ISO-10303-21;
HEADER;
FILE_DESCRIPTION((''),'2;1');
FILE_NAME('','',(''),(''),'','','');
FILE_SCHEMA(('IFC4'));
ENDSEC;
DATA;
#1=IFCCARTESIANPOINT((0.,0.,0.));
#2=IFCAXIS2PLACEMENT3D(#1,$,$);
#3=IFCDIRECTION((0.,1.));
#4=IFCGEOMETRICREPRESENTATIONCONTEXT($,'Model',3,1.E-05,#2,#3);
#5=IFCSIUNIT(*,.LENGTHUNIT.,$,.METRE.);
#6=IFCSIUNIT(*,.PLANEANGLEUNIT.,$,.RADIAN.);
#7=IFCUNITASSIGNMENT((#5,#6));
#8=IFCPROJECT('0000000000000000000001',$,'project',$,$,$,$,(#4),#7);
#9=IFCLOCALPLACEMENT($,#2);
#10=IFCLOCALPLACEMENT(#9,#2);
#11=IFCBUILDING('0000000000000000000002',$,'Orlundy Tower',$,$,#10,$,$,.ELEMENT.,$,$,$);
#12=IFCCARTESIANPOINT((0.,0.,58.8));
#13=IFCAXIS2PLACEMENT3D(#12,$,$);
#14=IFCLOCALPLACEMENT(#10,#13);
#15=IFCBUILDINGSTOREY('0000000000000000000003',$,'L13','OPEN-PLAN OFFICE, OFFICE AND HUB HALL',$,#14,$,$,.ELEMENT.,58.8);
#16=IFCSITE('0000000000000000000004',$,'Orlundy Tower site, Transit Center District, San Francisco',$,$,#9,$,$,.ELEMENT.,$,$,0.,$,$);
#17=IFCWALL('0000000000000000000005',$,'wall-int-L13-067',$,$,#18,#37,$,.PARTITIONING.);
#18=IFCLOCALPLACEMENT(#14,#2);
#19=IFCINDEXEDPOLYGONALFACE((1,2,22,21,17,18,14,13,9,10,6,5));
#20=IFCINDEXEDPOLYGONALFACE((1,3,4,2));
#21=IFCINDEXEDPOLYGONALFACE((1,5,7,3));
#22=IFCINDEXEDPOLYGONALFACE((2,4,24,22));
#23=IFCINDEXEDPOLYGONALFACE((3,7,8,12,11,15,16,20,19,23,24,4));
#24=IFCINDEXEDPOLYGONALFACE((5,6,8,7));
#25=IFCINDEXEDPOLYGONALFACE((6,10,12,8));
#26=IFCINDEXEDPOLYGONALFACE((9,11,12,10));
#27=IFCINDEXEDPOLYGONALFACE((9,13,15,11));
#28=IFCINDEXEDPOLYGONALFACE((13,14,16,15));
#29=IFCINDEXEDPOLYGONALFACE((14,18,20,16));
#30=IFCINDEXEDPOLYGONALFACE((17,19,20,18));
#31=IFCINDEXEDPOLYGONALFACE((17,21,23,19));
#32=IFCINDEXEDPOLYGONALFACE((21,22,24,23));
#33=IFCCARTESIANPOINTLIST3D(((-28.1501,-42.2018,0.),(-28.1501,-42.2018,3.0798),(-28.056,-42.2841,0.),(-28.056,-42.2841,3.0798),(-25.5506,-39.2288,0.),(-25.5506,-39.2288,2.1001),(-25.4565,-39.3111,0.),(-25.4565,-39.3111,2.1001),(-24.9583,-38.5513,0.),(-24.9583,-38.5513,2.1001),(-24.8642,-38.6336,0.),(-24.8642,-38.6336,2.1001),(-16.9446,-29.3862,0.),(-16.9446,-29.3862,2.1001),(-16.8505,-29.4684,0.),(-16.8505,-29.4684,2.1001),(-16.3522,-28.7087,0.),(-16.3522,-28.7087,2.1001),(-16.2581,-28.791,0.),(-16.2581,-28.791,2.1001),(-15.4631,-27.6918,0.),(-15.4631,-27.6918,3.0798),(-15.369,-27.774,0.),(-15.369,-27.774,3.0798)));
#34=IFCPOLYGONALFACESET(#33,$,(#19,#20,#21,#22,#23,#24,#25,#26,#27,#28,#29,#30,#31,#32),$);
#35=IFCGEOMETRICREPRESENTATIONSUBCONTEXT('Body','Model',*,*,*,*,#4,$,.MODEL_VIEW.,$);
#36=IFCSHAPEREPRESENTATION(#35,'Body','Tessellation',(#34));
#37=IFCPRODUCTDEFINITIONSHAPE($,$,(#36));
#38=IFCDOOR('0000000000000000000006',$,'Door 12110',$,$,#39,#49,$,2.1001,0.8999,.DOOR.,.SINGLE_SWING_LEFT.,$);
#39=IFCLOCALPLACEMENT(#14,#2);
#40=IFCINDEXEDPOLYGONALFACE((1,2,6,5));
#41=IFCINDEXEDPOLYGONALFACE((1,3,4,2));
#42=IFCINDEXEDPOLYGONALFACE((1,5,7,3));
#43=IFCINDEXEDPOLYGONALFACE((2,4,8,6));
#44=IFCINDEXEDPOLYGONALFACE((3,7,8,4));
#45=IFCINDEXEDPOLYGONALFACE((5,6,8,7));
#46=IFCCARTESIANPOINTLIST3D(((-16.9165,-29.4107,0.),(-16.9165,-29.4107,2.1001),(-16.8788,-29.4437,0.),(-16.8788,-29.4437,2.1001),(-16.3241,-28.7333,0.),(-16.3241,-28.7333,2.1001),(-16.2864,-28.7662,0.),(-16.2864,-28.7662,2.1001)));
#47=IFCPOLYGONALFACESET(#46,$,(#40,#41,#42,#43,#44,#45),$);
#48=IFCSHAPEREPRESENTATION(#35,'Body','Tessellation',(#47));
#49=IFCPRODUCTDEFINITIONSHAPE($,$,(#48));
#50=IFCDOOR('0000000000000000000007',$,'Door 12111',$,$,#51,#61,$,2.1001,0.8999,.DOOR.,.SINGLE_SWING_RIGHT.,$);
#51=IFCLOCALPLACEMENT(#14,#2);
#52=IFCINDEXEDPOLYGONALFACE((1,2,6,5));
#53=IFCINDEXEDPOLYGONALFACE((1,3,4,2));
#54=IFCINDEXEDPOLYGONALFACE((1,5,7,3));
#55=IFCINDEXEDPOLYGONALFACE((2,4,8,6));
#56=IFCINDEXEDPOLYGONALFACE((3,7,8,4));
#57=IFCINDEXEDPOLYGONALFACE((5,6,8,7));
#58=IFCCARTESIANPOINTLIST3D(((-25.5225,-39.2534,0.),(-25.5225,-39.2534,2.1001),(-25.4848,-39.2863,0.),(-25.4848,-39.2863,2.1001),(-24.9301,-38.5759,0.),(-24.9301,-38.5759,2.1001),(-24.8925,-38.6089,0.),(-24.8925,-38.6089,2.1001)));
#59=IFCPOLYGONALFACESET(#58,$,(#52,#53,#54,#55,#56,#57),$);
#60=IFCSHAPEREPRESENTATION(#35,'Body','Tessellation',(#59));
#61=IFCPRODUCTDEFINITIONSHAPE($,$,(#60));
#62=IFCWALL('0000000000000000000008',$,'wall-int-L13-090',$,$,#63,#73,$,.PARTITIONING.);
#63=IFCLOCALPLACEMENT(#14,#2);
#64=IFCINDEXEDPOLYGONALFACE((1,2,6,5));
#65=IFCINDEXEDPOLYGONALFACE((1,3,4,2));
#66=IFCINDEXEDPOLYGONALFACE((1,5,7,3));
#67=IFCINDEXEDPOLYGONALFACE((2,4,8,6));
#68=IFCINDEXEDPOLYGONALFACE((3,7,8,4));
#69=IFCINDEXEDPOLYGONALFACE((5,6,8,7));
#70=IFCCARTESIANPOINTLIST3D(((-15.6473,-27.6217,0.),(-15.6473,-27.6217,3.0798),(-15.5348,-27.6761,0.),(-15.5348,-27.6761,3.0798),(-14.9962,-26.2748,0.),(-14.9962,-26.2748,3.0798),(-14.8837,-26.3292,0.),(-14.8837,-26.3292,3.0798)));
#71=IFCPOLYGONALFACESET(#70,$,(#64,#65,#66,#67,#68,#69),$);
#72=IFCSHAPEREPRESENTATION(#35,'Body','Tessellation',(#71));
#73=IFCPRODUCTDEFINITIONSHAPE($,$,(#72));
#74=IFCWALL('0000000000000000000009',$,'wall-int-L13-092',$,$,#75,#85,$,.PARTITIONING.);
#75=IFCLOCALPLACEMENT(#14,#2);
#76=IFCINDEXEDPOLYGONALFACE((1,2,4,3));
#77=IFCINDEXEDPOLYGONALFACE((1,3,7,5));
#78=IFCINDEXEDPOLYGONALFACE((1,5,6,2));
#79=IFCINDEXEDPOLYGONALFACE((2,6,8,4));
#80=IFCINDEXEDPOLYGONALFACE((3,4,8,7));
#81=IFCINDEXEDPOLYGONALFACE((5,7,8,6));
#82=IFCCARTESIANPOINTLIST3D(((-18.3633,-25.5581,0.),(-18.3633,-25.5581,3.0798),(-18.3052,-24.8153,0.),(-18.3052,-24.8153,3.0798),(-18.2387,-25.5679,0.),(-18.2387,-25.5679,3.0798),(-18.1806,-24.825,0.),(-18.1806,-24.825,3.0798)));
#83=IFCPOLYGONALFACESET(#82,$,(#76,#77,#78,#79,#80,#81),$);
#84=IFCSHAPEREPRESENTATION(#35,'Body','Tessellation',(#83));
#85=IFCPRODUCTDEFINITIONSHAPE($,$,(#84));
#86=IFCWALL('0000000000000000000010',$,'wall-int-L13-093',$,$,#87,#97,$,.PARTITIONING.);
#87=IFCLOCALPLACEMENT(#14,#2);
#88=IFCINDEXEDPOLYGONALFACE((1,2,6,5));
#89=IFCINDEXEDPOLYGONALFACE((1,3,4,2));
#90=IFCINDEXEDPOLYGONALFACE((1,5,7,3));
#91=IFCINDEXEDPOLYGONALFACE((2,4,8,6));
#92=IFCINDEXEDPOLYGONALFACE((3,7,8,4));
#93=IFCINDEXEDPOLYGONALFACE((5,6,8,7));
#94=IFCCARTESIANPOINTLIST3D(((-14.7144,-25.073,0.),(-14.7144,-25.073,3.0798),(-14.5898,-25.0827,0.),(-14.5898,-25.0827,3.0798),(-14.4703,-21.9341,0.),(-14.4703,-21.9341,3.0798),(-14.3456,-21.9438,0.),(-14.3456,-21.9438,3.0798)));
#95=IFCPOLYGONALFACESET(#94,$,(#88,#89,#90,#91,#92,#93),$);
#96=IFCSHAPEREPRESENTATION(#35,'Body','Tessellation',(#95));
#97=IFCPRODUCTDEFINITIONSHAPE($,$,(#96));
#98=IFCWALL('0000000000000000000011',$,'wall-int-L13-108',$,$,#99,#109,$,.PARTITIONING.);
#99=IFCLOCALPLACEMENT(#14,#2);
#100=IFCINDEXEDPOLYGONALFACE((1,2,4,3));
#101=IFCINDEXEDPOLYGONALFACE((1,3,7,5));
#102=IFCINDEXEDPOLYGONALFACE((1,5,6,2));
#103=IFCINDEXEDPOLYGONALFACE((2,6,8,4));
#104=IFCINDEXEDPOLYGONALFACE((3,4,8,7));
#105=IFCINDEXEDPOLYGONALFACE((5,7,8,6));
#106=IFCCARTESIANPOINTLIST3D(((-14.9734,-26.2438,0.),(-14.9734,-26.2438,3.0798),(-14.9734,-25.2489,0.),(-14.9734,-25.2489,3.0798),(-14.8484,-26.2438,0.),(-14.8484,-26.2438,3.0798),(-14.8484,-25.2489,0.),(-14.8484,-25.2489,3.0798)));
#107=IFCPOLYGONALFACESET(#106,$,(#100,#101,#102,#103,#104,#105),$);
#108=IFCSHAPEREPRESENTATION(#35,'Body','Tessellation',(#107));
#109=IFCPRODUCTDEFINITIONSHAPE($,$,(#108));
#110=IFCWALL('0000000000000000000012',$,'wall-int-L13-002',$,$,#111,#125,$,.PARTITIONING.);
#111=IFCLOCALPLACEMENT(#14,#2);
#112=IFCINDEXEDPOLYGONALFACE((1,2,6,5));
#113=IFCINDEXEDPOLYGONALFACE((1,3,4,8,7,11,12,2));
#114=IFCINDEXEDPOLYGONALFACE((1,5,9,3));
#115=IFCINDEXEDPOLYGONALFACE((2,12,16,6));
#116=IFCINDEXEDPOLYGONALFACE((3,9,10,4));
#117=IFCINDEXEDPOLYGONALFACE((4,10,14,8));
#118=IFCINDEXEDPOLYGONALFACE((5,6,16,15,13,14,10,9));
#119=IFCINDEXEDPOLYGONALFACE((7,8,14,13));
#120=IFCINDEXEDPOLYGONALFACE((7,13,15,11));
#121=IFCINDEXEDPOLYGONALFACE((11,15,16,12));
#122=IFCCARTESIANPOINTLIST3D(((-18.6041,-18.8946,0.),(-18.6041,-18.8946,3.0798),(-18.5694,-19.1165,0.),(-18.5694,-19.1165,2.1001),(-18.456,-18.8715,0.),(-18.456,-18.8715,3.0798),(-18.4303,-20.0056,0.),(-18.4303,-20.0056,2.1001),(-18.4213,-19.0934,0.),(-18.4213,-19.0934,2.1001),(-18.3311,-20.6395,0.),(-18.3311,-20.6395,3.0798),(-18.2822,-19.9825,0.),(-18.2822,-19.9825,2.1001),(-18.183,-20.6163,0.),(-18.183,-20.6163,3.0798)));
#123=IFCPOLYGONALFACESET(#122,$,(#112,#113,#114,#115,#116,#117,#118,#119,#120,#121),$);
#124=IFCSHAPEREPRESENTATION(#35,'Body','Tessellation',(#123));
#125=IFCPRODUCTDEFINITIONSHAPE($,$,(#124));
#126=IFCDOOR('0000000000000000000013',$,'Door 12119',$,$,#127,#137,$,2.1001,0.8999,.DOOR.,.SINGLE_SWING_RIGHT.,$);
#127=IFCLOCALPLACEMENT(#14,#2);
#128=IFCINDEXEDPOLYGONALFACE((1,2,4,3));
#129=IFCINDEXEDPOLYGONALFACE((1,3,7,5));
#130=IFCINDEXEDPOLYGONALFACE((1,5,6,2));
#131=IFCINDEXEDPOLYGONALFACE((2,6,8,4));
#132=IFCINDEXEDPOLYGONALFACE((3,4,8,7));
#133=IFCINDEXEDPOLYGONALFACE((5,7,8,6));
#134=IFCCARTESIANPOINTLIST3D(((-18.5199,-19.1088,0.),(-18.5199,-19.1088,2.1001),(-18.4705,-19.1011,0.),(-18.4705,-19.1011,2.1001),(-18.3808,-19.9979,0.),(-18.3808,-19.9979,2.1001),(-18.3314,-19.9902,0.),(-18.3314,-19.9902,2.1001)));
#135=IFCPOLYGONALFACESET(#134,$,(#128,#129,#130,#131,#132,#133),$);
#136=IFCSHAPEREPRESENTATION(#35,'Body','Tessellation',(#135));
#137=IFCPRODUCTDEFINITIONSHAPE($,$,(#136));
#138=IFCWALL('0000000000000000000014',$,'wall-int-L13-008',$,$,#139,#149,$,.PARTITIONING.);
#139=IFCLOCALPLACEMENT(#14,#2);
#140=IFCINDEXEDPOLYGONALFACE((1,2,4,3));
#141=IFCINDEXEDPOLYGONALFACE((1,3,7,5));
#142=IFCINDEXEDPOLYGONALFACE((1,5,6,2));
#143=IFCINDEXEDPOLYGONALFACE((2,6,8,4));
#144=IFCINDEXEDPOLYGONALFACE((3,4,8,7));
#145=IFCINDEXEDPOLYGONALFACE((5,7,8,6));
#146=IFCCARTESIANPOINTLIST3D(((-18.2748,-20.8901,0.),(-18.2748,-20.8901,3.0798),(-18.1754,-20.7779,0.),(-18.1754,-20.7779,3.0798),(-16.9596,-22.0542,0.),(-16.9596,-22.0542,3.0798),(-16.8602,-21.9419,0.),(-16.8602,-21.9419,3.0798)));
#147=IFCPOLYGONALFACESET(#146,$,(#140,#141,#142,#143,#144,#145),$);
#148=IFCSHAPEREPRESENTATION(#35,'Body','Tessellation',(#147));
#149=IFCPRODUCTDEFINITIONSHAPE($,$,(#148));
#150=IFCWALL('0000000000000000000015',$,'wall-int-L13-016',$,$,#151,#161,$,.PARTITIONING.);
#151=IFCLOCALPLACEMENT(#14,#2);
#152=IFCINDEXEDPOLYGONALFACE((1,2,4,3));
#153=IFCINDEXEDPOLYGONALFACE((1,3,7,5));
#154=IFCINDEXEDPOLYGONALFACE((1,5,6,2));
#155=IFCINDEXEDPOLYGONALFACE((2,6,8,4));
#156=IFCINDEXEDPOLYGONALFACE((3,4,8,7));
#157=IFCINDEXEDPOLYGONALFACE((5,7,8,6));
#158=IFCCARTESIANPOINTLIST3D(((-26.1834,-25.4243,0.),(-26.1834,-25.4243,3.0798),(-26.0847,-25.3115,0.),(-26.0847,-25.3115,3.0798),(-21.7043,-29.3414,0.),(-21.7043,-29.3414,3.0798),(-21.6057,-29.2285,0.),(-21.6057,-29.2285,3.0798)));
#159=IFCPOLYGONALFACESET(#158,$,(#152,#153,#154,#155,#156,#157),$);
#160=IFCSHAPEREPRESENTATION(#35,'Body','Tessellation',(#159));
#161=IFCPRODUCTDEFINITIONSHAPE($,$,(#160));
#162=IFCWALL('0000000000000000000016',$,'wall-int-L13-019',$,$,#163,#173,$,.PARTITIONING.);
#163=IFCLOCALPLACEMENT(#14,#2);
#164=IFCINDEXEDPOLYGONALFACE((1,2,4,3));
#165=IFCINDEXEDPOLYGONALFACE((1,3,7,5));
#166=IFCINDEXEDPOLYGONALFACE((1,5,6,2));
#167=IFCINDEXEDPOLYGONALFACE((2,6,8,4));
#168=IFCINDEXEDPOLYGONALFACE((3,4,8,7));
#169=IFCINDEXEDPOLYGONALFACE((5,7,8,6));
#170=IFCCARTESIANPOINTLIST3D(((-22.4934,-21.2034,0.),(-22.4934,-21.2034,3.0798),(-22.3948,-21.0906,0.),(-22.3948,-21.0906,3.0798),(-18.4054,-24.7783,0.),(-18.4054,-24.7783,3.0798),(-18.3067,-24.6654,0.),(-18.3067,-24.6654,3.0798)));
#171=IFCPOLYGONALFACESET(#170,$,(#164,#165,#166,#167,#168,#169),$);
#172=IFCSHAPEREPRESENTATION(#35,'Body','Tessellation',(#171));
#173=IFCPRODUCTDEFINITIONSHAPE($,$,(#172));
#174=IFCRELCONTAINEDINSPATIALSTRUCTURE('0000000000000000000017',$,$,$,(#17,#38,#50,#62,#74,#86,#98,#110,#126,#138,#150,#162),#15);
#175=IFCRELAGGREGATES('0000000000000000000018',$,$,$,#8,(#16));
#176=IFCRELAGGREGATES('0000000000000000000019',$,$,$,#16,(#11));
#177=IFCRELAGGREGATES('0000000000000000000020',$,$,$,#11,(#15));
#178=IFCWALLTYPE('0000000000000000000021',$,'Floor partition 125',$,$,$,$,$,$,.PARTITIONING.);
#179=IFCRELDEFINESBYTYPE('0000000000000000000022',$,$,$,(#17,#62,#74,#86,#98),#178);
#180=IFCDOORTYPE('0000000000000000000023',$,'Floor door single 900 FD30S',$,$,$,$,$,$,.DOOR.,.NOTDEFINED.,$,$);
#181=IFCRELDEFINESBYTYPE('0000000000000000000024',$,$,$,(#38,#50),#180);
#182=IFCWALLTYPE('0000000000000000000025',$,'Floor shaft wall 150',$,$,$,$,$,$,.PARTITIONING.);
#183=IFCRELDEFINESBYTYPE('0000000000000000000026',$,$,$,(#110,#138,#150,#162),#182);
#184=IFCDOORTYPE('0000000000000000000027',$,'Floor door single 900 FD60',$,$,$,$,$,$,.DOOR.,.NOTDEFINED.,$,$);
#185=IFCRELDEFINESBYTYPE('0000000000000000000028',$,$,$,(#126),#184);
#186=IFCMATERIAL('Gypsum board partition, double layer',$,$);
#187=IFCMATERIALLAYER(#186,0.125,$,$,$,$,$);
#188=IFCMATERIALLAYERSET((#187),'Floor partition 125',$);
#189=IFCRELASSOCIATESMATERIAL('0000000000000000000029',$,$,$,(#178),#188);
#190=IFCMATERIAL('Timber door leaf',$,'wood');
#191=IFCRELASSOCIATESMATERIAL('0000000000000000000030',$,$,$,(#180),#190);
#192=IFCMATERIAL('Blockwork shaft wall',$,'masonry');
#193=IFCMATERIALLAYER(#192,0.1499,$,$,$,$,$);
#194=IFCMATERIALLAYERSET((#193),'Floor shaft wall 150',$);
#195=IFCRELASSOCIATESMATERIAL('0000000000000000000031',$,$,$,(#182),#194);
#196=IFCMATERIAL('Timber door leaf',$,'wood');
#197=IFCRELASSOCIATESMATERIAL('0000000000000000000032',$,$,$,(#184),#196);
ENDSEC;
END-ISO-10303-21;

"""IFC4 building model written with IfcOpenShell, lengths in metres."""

from ifc_helpers import new_model, si_unit, direction, frame, frame_2d, origin, place, context, subcontext, project, spatial, rectangle, extrude, material, layer, layer_set, type_object, element, fill, save


model = new_model("IFC4")

# Units and contexts
model_context = context("Model", 3, precision=1e-05, world=origin(), true_north=direction((0.0, 1.0)))
body_context = subcontext(model_context, "Body", "Model", "MODEL_VIEW")
ifc_project = project(units=[si_unit("LENGTHUNIT", "METRE"), si_unit("PLANEANGLEUNIT", "RADIAN")], contexts=[model_context])

# Site, building, storey
site_placement = place(None, origin())
site = spatial("IfcSite", under=ifc_project, at=site_placement, Name="Orlundy Tower site, Transit Center District, San Francisco", CompositionType="ELEMENT", RefElevation=0.0)
building_placement = place(site_placement, origin())
building = spatial("IfcBuilding", under=site, at=building_placement, Name="Orlundy Tower", CompositionType="ELEMENT")
storey_placement = place(building_placement, frame((0.0, 0.0, 58.8)))
storey = spatial("IfcBuildingStorey", under=building, at=storey_placement, Name="L13", Description="OPEN-PLAN OFFICE, OFFICE AND HUB HALL", CompositionType="ELEMENT", Elevation=58.8)

# Shared definitions
ifc_material_1 = material(Name="Gypsum board partition, double layer")
ifc_layer_1 = layer(ifc_material_1, 0.125)
ifc_layer_set_1 = layer_set([ifc_layer_1], Name="Floor partition 125")
wall_type_1 = type_object("IfcWallType", Name="Floor partition 125", PredefinedType="PARTITIONING", material=ifc_layer_set_1)

# Wall, openings, doors
wall_1_placement = place(storey_placement, frame((-15.416, -27.7329, 0.0), z_axis=(0.0, 0.0, 1.0), x_axis=(-0.658233, -0.752814, 0.0)))
wall_1 = element("IfcWall", 1, at=wall_1_placement, inside=storey, type_object=wall_type_1, Name="wall-int-L13-067", PredefinedType="PARTITIONING", context=body_context, shape_type="SweptSolid", body=[
    extrude(rectangle(XDim=19.2744, YDim=0.125, at=frame_2d((9.6372, 0.0))), origin(), (0.0, 0.0, 1.0), 3.0798),
])
opening_1_placement = place(wall_1_placement, frame((1.3508, 0.0, 0.0)))
opening_1 = element("IfcOpeningElement", 2, at=opening_1_placement, cuts=wall_1, PredefinedType="OPENING", context=body_context, shape_type="SweptSolid", body=[
    extrude(rectangle(XDim=0.8999, YDim=2.1001, at=frame_2d((0.45, 1.05))), frame((0.0, 0.0725, 0.0), z_axis=(0.0, -1.0, 0.0), x_axis=(1.0, 0.0, 0.0)), (0.0, 0.0, 1.0), 0.145),
])
opening_2_placement = place(wall_1_placement, frame((14.4253, 0.0, 0.0)))
opening_2 = element("IfcOpeningElement", 3, at=opening_2_placement, cuts=wall_1, PredefinedType="OPENING", context=body_context, shape_type="SweptSolid", body=[
    extrude(rectangle(XDim=0.8999, YDim=2.1001, at=frame_2d((0.45, 1.05))), frame((0.0, 0.0725, 0.0), z_axis=(0.0, -1.0, 0.0), x_axis=(1.0, 0.0, 0.0)), (0.0, 0.0, 1.0), 0.145),
])
ifc_material_2 = material(Name="Timber door leaf", Category="wood")
door_type_1 = type_object("IfcDoorType", Name="Floor door single 900 FD30S", OperationType="NOTDEFINED", PredefinedType="DOOR", material=ifc_material_2)
door_1_placement = place(opening_1_placement, origin())
door_1 = element("IfcDoor", 4, at=door_1_placement, inside=storey, type_object=door_type_1, Name="Door 12110", OperationType="SINGLE_SWING_LEFT", OverallHeight=2.1001, OverallWidth=0.8999, PredefinedType="DOOR", context=body_context, shape_type="SweptSolid", body=[
    extrude(rectangle(XDim=0.8999, YDim=2.1001, at=frame_2d((0.45, 1.05))), frame((0.0, 0.0249, 0.0), z_axis=(0.0, -1.0, 0.0), x_axis=(1.0, 0.0, 0.0)), (0.0, 0.0, 1.0), 0.05),
])
fill(opening_1, door_1)
door_2_placement = place(opening_2_placement, origin())
door_2 = element("IfcDoor", 5, at=door_2_placement, inside=storey, type_object=door_type_1, Name="Door 12111", OperationType="SINGLE_SWING_RIGHT", OverallHeight=2.1001, OverallWidth=0.8999, PredefinedType="DOOR", context=body_context, shape_type="SweptSolid", body=[
    extrude(rectangle(XDim=0.8999, YDim=2.1001, at=frame_2d((0.45, 1.05))), frame((0.0, 0.0249, 0.0), z_axis=(0.0, -1.0, 0.0), x_axis=(1.0, 0.0, 0.0)), (0.0, 0.0, 1.0), 0.05),
])
fill(opening_2, door_2)

# Walls
wall_2_placement = place(storey_placement, frame((-15.5911, -27.6489, 0.0), z_axis=(0.0, 0.0, 1.0), x_axis=(0.435228, 0.90032, 0.0)))
element("IfcWall", 6, at=wall_2_placement, inside=storey, type_object=wall_type_1, Name="wall-int-L13-090", PredefinedType="PARTITIONING", context=body_context, shape_type="SweptSolid", body=[
    extrude(rectangle(XDim=1.4961, YDim=0.125, at=frame_2d((0.748, 0.0))), origin(), (0.0, 0.0, 1.0), 3.0798),
])
wall_3_placement = place(storey_placement, frame((-18.301, -25.563, 0.0), z_axis=(0.0, 0.0, 1.0), x_axis=(0.077974, 0.996955, 0.0)))
element("IfcWall", 7, at=wall_3_placement, inside=storey, type_object=wall_type_1, Name="wall-int-L13-092", PredefinedType="PARTITIONING", context=body_context, shape_type="SweptSolid", body=[
    extrude(rectangle(XDim=0.7451, YDim=0.125, at=frame_2d((0.3726, 0.0))), origin(), (0.0, 0.0, 1.0), 3.0798),
])
wall_4_placement = place(storey_placement, frame((-14.6521, -25.0779, 0.0), z_axis=(0.0, 0.0, 1.0), x_axis=(0.077544, 0.996989, 0.0)))
element("IfcWall", 8, at=wall_4_placement, inside=storey, type_object=wall_type_1, Name="wall-int-L13-093", PredefinedType="PARTITIONING", context=body_context, shape_type="SweptSolid", body=[
    extrude(rectangle(XDim=3.1484, YDim=0.125, at=frame_2d((1.5742, 0.0))), origin(), (0.0, 0.0, 1.0), 3.0798),
])
wall_5_placement = place(storey_placement, frame((-14.9109, -26.2439, 0.0), z_axis=(0.0, 0.0, 1.0), x_axis=(0.0, 1.0, 0.0)))
element("IfcWall", 9, at=wall_5_placement, inside=storey, type_object=wall_type_1, Name="wall-int-L13-108", PredefinedType="PARTITIONING", context=body_context, shape_type="SweptSolid", body=[
    extrude(rectangle(XDim=0.9949, YDim=0.125, at=frame_2d((0.4976, 0.0))), origin(), (0.0, 0.0, 1.0), 3.0798),
])

# Wall, opening, door
ifc_material_3 = material(Name="Blockwork shaft wall", Category="masonry")
ifc_layer_2 = layer(ifc_material_3, 0.1499)
ifc_layer_set_2 = layer_set([ifc_layer_2], Name="Floor shaft wall 150")
wall_type_2 = type_object("IfcWallType", Name="Floor shaft wall 150", PredefinedType="PARTITIONING", material=ifc_layer_set_2)
wall_6_placement = place(storey_placement, frame((-18.2571, -20.6279, 0.0), z_axis=(0.0, 0.0, 1.0), x_axis=(-0.15455, 0.987985, 0.0)))
wall_6 = element("IfcWall", 10, at=wall_6_placement, inside=storey, type_object=wall_type_2, Name="wall-int-L13-002", PredefinedType="PARTITIONING", context=body_context, shape_type="SweptSolid", body=[
    extrude(rectangle(XDim=1.7661, YDim=0.1499, at=frame_2d((0.8831, 0.0))), origin(), (0.0, 0.0, 1.0), 3.0798),
])
opening_3_placement = place(wall_6_placement, frame((0.6416, 0.0, 0.0)))
opening_3 = element("IfcOpeningElement", 11, at=opening_3_placement, cuts=wall_6, PredefinedType="OPENING", context=body_context, shape_type="SweptSolid", body=[
    extrude(rectangle(XDim=0.8999, YDim=2.1001, at=frame_2d((0.45, 1.05))), frame((0.0, 0.085, 0.0), z_axis=(0.0, -1.0, 0.0), x_axis=(1.0, 0.0, 0.0)), (0.0, 0.0, 1.0), 0.1699),
])
ifc_material_4 = material(Name="Timber door leaf", Category="wood")
door_type_2 = type_object("IfcDoorType", Name="Floor door single 900 FD60", OperationType="NOTDEFINED", PredefinedType="DOOR", material=ifc_material_4)
door_3_placement = place(opening_3_placement, origin())
door_3 = element("IfcDoor", 12, at=door_3_placement, inside=storey, type_object=door_type_2, Name="Door 12119", OperationType="SINGLE_SWING_RIGHT", OverallHeight=2.1001, OverallWidth=0.8999, PredefinedType="DOOR", context=body_context, shape_type="SweptSolid", body=[
    extrude(rectangle(XDim=0.8999, YDim=2.1001, at=frame_2d((0.45, 1.05))), frame((0.0, 0.0249, 0.0), z_axis=(0.0, -1.0, 0.0), x_axis=(1.0, 0.0, 0.0)), (0.0, 0.0, 1.0), 0.05),
])
fill(opening_3, door_3)

# Walls
wall_7_placement = place(storey_placement, frame((-18.2251, -20.834, 0.0), z_axis=(0.0, 0.0, 1.0), x_axis=(0.748819, -0.662775, 0.0)))
element("IfcWall", 13, at=wall_7_placement, inside=storey, type_object=wall_type_2, Name="wall-int-L13-008", PredefinedType="PARTITIONING", context=body_context, shape_type="SweptSolid", body=[
    extrude(rectangle(XDim=1.7563, YDim=0.1499, at=frame_2d((0.8782, 0.0))), origin(), (0.0, 0.0, 1.0), 3.0798),
])
wall_8_placement = place(storey_placement, frame((-26.134, -25.3679, 0.0), z_axis=(0.0, 0.0, 1.0), x_axis=(0.752755, -0.658301, 0.0)))
element("IfcWall", 14, at=wall_8_placement, inside=storey, type_object=wall_type_2, Name="wall-int-L13-016", PredefinedType="PARTITIONING", context=body_context, shape_type="SweptSolid", body=[
    extrude(rectangle(XDim=5.9502, YDim=0.1499, at=frame_2d((2.9751, 0.0))), origin(), (0.0, 0.0, 1.0), 3.0798),
])
wall_9_placement = place(storey_placement, frame((-22.4441, -21.147, 0.0), z_axis=(0.0, 0.0, 1.0), x_axis=(0.752774, -0.658279, 0.0)))
element("IfcWall", 15, at=wall_9_placement, inside=storey, type_object=wall_type_2, Name="wall-int-L13-019", PredefinedType="PARTITIONING", context=body_context, shape_type="SweptSolid", body=[
    extrude(rectangle(XDim=5.4307, YDim=0.1499, at=frame_2d((2.7153, 0.0))), origin(), (0.0, 0.0, 1.0), 3.0798),
])

save(model, "model.ifc")
